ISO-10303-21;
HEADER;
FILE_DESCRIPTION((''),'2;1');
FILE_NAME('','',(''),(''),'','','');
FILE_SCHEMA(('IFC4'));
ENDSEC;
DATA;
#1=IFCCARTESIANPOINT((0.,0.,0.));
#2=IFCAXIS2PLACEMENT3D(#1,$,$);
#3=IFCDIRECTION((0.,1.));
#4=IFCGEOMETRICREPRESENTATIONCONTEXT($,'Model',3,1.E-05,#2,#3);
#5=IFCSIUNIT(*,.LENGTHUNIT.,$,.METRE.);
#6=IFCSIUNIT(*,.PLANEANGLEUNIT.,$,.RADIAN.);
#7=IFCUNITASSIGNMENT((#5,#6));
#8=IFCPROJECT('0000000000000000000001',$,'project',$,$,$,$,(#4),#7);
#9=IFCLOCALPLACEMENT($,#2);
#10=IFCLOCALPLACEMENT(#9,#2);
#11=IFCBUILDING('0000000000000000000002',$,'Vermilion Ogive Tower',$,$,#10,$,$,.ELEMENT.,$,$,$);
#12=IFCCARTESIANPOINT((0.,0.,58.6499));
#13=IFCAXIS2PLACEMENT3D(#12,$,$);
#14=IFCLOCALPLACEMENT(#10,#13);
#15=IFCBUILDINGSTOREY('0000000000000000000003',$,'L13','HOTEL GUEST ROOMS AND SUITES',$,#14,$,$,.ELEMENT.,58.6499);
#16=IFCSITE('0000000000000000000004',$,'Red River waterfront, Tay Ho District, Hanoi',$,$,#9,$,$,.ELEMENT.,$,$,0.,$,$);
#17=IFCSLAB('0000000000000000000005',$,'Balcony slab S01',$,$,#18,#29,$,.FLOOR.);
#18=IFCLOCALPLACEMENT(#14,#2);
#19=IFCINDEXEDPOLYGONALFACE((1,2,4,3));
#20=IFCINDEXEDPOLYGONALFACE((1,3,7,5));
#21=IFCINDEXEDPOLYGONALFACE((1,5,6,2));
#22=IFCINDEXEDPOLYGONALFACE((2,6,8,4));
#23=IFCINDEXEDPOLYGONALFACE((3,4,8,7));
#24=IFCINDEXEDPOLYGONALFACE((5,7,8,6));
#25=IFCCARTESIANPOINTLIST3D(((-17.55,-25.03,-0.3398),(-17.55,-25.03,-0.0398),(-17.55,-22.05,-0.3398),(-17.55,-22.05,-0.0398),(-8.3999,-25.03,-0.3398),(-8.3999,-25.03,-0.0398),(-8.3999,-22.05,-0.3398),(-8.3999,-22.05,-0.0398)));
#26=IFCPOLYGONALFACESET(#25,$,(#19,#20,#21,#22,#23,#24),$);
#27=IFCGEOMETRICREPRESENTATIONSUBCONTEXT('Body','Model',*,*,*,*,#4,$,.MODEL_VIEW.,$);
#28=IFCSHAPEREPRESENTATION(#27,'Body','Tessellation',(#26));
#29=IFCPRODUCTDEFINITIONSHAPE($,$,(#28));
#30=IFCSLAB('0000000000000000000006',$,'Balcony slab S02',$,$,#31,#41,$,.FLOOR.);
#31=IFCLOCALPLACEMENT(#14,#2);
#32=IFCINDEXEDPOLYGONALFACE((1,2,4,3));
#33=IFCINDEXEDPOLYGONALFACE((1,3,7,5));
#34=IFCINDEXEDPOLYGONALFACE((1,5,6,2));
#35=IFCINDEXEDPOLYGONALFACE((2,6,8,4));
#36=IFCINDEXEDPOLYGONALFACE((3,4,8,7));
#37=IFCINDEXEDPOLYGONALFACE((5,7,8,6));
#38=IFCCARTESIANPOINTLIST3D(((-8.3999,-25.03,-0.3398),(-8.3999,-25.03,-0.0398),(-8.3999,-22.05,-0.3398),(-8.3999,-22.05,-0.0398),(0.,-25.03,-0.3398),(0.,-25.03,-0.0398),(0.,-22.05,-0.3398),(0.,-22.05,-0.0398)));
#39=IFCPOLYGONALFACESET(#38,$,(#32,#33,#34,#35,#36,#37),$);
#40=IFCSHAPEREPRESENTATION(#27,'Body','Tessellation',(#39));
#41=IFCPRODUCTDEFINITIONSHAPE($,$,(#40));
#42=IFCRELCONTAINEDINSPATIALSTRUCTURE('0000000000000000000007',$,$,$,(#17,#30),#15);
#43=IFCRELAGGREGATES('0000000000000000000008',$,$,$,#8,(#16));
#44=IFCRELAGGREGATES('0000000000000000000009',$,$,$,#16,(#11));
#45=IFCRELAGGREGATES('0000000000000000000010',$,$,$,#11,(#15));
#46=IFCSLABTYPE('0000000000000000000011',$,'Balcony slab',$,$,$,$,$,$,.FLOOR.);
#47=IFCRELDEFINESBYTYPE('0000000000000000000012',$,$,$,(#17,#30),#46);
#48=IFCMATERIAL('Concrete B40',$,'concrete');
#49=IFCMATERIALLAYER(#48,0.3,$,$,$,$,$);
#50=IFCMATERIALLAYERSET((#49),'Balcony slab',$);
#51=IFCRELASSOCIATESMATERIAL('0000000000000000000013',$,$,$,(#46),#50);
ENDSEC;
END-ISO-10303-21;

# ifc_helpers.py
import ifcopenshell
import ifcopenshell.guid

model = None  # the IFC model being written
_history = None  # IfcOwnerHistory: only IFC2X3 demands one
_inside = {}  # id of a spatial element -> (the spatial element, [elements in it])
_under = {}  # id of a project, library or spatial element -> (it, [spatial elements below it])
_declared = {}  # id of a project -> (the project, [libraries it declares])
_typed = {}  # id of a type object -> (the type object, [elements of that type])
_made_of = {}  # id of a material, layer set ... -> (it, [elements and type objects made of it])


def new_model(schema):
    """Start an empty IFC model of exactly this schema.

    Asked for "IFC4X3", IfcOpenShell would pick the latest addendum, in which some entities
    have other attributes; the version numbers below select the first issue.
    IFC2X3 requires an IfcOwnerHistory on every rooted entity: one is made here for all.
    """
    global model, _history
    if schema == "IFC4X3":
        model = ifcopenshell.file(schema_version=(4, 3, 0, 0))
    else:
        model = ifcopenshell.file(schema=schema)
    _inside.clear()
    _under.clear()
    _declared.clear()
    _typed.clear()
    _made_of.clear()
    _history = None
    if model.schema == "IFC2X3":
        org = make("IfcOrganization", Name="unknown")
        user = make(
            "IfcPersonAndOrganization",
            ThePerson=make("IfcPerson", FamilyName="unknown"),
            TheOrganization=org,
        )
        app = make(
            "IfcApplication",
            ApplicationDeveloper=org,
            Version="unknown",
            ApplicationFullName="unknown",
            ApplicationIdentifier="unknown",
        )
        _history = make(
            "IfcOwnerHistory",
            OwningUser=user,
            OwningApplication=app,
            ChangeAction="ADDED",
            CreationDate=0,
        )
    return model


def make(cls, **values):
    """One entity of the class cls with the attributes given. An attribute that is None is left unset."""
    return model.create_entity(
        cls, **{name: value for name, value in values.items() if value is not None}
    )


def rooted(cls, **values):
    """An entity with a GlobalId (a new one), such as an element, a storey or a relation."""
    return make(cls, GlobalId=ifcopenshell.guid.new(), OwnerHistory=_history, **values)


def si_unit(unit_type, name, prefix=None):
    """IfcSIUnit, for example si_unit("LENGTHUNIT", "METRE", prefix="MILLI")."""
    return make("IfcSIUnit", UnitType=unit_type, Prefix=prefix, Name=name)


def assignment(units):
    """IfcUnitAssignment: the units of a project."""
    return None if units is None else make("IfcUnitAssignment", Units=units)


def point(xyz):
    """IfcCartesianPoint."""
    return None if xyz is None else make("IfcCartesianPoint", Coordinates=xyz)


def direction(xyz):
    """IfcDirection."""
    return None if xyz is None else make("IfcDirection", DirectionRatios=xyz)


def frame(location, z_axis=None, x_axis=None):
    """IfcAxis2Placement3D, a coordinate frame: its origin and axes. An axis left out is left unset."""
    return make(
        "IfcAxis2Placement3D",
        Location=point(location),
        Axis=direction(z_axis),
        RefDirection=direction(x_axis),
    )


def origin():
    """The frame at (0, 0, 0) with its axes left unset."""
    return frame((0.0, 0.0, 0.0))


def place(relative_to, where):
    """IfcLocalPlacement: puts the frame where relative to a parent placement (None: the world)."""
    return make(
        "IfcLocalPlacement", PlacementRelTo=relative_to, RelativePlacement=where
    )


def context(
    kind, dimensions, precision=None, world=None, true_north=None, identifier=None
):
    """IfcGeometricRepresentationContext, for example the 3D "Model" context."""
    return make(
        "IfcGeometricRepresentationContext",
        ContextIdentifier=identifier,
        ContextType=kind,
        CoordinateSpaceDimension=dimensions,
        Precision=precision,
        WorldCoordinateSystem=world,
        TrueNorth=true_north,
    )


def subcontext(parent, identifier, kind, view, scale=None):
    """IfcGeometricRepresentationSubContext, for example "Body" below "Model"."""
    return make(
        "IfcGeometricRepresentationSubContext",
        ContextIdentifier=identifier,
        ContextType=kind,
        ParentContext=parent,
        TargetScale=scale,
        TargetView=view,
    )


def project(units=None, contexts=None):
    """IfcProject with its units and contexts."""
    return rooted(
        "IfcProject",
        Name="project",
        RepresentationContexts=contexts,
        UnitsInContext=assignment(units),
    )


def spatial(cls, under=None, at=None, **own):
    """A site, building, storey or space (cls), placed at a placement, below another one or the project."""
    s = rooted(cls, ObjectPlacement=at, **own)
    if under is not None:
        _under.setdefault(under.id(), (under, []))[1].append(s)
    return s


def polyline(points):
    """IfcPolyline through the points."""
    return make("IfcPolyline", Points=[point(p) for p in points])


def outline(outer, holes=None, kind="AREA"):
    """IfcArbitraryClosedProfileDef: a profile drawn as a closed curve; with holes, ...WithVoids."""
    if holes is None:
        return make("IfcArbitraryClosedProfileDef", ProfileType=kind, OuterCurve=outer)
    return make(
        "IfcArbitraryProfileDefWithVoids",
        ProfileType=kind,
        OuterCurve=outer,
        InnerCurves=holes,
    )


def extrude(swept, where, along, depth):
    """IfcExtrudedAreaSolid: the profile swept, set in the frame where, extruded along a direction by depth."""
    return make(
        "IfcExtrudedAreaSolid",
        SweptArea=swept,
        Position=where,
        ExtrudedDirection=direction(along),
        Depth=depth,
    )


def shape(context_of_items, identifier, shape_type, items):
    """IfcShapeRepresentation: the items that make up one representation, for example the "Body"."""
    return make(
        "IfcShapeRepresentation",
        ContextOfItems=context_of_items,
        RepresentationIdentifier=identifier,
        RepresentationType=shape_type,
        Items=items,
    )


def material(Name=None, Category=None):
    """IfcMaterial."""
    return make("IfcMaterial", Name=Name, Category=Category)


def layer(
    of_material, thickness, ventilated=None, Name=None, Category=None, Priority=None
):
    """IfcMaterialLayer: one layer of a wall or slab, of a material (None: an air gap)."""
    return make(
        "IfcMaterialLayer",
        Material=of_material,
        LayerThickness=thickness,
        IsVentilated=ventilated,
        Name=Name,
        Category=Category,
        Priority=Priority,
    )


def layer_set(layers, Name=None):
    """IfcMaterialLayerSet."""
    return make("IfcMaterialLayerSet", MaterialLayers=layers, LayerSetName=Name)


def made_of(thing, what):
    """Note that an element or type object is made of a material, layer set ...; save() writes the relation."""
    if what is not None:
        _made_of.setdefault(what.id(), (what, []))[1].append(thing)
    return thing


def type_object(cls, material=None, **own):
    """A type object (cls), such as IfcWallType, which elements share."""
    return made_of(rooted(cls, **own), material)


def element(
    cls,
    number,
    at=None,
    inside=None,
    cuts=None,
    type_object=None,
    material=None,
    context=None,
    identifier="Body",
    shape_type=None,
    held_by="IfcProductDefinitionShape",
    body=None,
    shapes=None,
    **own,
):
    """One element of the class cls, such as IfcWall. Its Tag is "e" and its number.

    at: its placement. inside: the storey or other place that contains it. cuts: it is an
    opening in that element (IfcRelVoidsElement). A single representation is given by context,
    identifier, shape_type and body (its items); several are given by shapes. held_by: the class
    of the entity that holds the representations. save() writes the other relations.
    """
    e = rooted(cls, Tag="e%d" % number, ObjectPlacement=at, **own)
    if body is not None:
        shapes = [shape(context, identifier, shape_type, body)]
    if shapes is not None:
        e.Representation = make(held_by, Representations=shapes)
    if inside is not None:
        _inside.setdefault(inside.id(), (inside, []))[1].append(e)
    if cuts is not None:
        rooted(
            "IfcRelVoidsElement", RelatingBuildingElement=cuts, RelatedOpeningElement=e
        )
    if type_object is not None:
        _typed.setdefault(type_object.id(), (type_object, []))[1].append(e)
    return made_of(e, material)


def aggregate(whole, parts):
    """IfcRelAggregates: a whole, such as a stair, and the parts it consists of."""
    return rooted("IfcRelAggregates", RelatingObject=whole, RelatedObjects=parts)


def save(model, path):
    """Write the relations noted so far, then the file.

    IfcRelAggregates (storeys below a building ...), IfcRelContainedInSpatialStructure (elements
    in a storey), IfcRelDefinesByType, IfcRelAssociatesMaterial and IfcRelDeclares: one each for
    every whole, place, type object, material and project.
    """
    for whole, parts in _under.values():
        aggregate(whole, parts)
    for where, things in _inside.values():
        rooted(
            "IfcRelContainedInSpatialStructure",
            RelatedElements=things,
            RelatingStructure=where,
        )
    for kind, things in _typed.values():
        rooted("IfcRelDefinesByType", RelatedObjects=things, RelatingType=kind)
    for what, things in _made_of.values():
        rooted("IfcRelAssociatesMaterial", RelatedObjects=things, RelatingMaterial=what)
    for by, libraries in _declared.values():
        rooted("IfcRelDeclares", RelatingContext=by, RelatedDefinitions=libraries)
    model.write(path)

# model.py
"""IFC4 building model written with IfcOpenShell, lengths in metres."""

from ifc_helpers import new_model, si_unit, direction, frame, origin, place, context, subcontext, project, spatial, polyline, outline, extrude, material, layer, layer_set, type_object, element, save


model = new_model("IFC4")

# Units and contexts
model_context = context("Model", 3, precision=1e-05, world=origin(), true_north=direction((0.0, 1.0)))
body_context = subcontext(model_context, "Body", "Model", "MODEL_VIEW")
ifc_project = project(units=[si_unit("LENGTHUNIT", "METRE"), si_unit("PLANEANGLEUNIT", "RADIAN")], contexts=[model_context])

# Site, building, storey
site_placement = place(None, origin())
site = spatial("IfcSite", under=ifc_project, at=site_placement, Name="Red River waterfront, Tay Ho District, Hanoi", CompositionType="ELEMENT", RefElevation=0.0)
building_placement = place(site_placement, origin())
building = spatial("IfcBuilding", under=site, at=building_placement, Name="Vermilion Ogive Tower", CompositionType="ELEMENT")
storey_placement = place(building_placement, frame((0.0, 0.0, 58.6499)))
storey = spatial("IfcBuildingStorey", under=building, at=storey_placement, Name="L13", Description="HOTEL GUEST ROOMS AND SUITES", CompositionType="ELEMENT", Elevation=58.6499)

# Slabs
ifc_material_1 = material(Name="Concrete B40", Category="concrete")
ifc_layer_1 = layer(ifc_material_1, 0.3)
ifc_layer_set_1 = layer_set([ifc_layer_1], Name="Balcony slab")
slab_type_1 = type_object("IfcSlabType", Name="Balcony slab", PredefinedType="FLOOR", material=ifc_layer_set_1)
slab_1_placement = place(storey_placement, frame((0.0, 0.0, -0.3398)))
element("IfcSlab", 1, at=slab_1_placement, inside=storey, type_object=slab_type_1, Name="Balcony slab S01", PredefinedType="FLOOR", context=body_context, shape_type="SweptSolid", body=[
    extrude(outline(polyline([(-17.55, -25.03), (-8.3999, -25.03), (-8.3999, -22.05), (-17.55, -22.05), (-17.55, -25.03)])), origin(), (0.0, 0.0, 1.0), 0.3),
])
slab_2_placement = place(storey_placement, frame((0.0, 0.0, -0.3398)))
element("IfcSlab", 2, at=slab_2_placement, inside=storey, type_object=slab_type_1, Name="Balcony slab S02", PredefinedType="FLOOR", context=body_context, shape_type="SweptSolid", body=[
    extrude(outline(polyline([(-8.3999, -25.03), (0.0, -25.03), (0.0, -22.05), (-8.3999, -22.05), (-8.3999, -25.03)])), origin(), (0.0, 0.0, 1.0), 0.3),
])

save(model, "model.ifc")
